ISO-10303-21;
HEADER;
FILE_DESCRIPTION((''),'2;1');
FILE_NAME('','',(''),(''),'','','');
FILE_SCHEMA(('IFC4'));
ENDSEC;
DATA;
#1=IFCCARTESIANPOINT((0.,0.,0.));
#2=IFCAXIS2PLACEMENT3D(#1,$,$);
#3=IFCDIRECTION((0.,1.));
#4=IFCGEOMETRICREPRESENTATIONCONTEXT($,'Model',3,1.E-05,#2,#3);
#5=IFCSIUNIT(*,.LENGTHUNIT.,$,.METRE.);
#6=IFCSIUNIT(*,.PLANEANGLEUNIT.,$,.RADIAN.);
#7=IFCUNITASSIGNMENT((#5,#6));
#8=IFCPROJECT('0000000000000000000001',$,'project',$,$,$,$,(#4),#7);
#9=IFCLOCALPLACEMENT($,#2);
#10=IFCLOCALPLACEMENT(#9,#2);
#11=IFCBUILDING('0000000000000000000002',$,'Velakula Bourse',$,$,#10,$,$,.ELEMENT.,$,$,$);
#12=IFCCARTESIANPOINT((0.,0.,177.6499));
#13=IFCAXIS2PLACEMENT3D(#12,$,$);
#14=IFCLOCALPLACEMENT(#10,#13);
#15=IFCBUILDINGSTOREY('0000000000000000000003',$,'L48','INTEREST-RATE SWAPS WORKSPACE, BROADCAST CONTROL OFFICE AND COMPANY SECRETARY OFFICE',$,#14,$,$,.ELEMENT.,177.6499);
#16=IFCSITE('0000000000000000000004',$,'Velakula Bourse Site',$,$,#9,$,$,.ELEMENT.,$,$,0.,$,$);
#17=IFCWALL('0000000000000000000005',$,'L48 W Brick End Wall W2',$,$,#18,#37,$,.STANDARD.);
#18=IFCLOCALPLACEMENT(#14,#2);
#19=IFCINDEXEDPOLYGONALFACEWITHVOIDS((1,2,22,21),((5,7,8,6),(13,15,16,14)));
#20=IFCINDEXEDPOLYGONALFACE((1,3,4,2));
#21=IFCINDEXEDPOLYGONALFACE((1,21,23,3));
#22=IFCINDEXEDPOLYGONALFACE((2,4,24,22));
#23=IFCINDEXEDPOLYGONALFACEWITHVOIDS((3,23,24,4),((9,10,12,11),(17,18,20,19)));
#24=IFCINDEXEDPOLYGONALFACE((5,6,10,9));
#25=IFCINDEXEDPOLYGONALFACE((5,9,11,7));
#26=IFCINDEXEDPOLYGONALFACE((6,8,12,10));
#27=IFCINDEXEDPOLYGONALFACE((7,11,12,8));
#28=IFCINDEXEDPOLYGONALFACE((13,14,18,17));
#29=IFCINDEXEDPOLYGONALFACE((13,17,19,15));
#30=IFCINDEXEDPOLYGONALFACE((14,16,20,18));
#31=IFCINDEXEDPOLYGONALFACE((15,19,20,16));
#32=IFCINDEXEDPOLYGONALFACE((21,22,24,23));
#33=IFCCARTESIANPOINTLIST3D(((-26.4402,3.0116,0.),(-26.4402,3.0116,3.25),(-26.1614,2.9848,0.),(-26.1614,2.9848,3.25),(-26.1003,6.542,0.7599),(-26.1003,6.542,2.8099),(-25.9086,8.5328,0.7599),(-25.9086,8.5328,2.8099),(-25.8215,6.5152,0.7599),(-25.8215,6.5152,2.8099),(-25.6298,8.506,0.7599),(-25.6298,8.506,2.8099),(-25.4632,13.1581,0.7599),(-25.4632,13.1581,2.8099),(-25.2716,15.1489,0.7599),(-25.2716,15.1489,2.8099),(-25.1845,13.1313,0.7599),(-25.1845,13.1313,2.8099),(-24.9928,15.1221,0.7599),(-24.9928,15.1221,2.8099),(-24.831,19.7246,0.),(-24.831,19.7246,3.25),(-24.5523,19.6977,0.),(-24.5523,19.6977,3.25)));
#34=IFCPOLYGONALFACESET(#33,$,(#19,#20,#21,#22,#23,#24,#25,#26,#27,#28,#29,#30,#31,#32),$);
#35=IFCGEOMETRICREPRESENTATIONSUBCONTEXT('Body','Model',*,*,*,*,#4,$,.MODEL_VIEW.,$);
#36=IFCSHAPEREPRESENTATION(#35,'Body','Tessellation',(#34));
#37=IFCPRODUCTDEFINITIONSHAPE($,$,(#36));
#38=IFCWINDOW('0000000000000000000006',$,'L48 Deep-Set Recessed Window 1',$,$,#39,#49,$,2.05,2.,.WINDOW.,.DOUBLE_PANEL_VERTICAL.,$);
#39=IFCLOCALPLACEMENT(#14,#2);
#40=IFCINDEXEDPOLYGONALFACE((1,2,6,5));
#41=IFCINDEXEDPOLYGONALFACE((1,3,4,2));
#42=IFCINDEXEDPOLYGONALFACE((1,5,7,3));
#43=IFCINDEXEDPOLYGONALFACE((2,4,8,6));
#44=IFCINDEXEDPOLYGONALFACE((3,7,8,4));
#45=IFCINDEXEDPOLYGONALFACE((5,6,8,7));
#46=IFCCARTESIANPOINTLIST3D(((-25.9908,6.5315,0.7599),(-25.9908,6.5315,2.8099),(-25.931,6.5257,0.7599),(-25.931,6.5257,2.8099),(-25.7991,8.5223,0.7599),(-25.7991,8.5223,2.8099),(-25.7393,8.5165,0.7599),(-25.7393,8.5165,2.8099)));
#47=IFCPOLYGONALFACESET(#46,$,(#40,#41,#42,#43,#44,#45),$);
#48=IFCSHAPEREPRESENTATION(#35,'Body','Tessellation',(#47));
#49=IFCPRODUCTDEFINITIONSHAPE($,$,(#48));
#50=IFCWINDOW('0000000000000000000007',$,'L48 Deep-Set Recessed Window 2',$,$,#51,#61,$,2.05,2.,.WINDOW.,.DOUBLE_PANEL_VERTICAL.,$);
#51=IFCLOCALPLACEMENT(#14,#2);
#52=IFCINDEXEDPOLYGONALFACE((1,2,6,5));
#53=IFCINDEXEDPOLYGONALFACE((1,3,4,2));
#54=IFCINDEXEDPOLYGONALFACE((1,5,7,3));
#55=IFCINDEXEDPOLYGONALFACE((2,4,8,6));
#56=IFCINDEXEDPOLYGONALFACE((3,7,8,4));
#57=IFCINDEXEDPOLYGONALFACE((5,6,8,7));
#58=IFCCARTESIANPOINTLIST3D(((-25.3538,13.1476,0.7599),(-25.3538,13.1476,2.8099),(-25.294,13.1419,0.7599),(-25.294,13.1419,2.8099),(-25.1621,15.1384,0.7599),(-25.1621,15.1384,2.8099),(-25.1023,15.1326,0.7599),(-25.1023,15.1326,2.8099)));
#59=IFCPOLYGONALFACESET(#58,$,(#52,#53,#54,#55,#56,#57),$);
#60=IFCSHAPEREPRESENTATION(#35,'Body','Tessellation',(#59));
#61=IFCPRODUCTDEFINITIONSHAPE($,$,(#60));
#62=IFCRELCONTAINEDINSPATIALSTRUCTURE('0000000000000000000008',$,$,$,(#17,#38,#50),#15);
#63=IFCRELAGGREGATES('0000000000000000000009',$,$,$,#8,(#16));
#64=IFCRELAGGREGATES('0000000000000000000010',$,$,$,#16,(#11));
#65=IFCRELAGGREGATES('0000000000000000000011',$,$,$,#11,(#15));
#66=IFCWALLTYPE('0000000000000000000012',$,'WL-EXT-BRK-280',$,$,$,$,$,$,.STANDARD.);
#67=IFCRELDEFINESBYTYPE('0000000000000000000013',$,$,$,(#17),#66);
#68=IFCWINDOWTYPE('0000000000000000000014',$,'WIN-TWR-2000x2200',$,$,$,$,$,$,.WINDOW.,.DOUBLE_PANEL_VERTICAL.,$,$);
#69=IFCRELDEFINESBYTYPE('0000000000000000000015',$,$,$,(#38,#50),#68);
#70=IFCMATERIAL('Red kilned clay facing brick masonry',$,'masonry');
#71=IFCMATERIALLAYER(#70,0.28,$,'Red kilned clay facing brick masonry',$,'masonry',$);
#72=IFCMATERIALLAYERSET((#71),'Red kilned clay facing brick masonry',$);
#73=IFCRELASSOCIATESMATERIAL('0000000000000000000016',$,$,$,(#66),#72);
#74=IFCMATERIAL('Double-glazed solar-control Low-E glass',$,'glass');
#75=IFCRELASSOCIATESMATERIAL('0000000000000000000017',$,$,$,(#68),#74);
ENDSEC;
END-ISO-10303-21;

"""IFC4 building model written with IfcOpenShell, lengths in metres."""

from ifc_helpers import new_model, si_unit, direction, frame, frame_2d, origin, place, context, subcontext, project, spatial, rectangle, extrude, material, layer, layer_set, type_object, element, fill, save


model = new_model("IFC4")

# Units and contexts
model_context = context("Model", 3, precision=1e-05, world=origin(), true_north=direction((0.0, 1.0)))
body_context = subcontext(model_context, "Body", "Model", "MODEL_VIEW")
ifc_project = project(units=[si_unit("LENGTHUNIT", "METRE"), si_unit("PLANEANGLEUNIT", "RADIAN")], contexts=[model_context])

# Site, building, storey
site_placement = place(None, origin())
site = spatial("IfcSite", under=ifc_project, at=site_placement, Name="Velakula Bourse Site", CompositionType="ELEMENT", RefElevation=0.0)
building_placement = place(site_placement, origin())
building = spatial("IfcBuilding", under=site, at=building_placement, Name="Velakula Bourse", CompositionType="ELEMENT")
storey_placement = place(building_placement, frame((0.0, 0.0, 177.6499)))
storey = spatial("IfcBuildingStorey", under=building, at=storey_placement, Name="L48", Description="INTEREST-RATE SWAPS WORKSPACE, BROADCAST CONTROL OFFICE AND COMPANY SECRETARY OFFICE", CompositionType="ELEMENT", Elevation=177.6499)

# Wall, openings, windows
ifc_material_1 = material(Name="Red kilned clay facing brick masonry", Category="masonry")
ifc_layer = layer(ifc_material_1, 0.28, Name="Red kilned clay facing brick masonry", Category="masonry")
ifc_layer_set = layer_set([ifc_layer], Name="Red kilned clay facing brick masonry")
wall_type = type_object("IfcWallType", Name="WL-EXT-BRK-280", PredefinedType="STANDARD", material=ifc_layer_set)
wall_placement = place(storey_placement, frame((-26.3008, 2.9983, 0.0), z_axis=(0.0, 0.0, 1.0), x_axis=(0.095838, 0.995397, 0.0)))
wall = element("IfcWall", 1, at=wall_placement, inside=storey, type_object=wall_type, Name="L48 W Brick End Wall W2", PredefinedType="STANDARD", context=body_context, shape_type="SweptSolid", body=[
    extrude(rectangle(XDim=16.7903, YDim=0.28, at=frame_2d((8.395, 0.0))), origin(), (0.0, 0.0, 1.0), 3.25),
])
opening_1_placement = place(wall_placement, frame((3.5466, 0.0, 0.76)))
opening_1 = element("IfcOpeningElement", 2, at=opening_1_placement, cuts=wall, PredefinedType="OPENING", context=body_context, shape_type="SweptSolid", body=[
    extrude(rectangle(XDim=2.0, YDim=2.05, at=frame_2d((1.0, 1.0249))), frame((0.0, 0.1499, 0.0), z_axis=(0.0, -1.0, 0.0), x_axis=(1.0, 0.0, 0.0)), (0.0, 0.0, 1.0), 0.3),
])
opening_2_placement = place(wall_placement, frame((10.1934, 0.0, 0.76)))
opening_2 = element("IfcOpeningElement", 3, at=opening_2_placement, cuts=wall, PredefinedType="OPENING", context=body_context, shape_type="SweptSolid", body=[
    extrude(rectangle(XDim=2.0, YDim=2.05, at=frame_2d((1.0, 1.0249))), frame((0.0, 0.1499, 0.0), z_axis=(0.0, -1.0, 0.0), x_axis=(1.0, 0.0, 0.0)), (0.0, 0.0, 1.0), 0.3),
])
ifc_material_2 = material(Name="Double-glazed solar-control Low-E glass", Category="glass")
window_type = type_object("IfcWindowType", Name="WIN-TWR-2000x2200", PartitioningType="DOUBLE_PANEL_VERTICAL", PredefinedType="WINDOW", material=ifc_material_2)
window_1_placement = place(opening_1_placement, origin())
window_1 = element("IfcWindow", 4, at=window_1_placement, inside=storey, type_object=window_type, Name="L48 Deep-Set Recessed Window 1", OverallHeight=2.05, OverallWidth=2.0, PartitioningType="DOUBLE_PANEL_VERTICAL", PredefinedType="WINDOW", context=body_context, shape_type="SweptSolid", body=[
    extrude(rectangle(XDim=2.0, YDim=2.05, at=frame_2d((1.0, 1.0249))), frame((0.0, 0.03, 0.0), z_axis=(0.0, -1.0, 0.0), x_axis=(1.0, 0.0, 0.0)), (0.0, 0.0, 1.0), 0.0601),
])
fill(opening_1, window_1)
window_2_placement = place(opening_2_placement, origin())
window_2 = element("IfcWindow", 5, at=window_2_placement, inside=storey, type_object=window_type, Name="L48 Deep-Set Recessed Window 2", OverallHeight=2.05, OverallWidth=2.0, PartitioningType="DOUBLE_PANEL_VERTICAL", PredefinedType="WINDOW", context=body_context, shape_type="SweptSolid", body=[
    extrude(rectangle(XDim=2.0, YDim=2.05, at=frame_2d((1.0, 1.0249))), frame((0.0, 0.03, 0.0), z_axis=(0.0, -1.0, 0.0), x_axis=(1.0, 0.0, 0.0)), (0.0, 0.0, 1.0), 0.0601),
])
fill(opening_2, window_2)

save(model, "model.ifc")
